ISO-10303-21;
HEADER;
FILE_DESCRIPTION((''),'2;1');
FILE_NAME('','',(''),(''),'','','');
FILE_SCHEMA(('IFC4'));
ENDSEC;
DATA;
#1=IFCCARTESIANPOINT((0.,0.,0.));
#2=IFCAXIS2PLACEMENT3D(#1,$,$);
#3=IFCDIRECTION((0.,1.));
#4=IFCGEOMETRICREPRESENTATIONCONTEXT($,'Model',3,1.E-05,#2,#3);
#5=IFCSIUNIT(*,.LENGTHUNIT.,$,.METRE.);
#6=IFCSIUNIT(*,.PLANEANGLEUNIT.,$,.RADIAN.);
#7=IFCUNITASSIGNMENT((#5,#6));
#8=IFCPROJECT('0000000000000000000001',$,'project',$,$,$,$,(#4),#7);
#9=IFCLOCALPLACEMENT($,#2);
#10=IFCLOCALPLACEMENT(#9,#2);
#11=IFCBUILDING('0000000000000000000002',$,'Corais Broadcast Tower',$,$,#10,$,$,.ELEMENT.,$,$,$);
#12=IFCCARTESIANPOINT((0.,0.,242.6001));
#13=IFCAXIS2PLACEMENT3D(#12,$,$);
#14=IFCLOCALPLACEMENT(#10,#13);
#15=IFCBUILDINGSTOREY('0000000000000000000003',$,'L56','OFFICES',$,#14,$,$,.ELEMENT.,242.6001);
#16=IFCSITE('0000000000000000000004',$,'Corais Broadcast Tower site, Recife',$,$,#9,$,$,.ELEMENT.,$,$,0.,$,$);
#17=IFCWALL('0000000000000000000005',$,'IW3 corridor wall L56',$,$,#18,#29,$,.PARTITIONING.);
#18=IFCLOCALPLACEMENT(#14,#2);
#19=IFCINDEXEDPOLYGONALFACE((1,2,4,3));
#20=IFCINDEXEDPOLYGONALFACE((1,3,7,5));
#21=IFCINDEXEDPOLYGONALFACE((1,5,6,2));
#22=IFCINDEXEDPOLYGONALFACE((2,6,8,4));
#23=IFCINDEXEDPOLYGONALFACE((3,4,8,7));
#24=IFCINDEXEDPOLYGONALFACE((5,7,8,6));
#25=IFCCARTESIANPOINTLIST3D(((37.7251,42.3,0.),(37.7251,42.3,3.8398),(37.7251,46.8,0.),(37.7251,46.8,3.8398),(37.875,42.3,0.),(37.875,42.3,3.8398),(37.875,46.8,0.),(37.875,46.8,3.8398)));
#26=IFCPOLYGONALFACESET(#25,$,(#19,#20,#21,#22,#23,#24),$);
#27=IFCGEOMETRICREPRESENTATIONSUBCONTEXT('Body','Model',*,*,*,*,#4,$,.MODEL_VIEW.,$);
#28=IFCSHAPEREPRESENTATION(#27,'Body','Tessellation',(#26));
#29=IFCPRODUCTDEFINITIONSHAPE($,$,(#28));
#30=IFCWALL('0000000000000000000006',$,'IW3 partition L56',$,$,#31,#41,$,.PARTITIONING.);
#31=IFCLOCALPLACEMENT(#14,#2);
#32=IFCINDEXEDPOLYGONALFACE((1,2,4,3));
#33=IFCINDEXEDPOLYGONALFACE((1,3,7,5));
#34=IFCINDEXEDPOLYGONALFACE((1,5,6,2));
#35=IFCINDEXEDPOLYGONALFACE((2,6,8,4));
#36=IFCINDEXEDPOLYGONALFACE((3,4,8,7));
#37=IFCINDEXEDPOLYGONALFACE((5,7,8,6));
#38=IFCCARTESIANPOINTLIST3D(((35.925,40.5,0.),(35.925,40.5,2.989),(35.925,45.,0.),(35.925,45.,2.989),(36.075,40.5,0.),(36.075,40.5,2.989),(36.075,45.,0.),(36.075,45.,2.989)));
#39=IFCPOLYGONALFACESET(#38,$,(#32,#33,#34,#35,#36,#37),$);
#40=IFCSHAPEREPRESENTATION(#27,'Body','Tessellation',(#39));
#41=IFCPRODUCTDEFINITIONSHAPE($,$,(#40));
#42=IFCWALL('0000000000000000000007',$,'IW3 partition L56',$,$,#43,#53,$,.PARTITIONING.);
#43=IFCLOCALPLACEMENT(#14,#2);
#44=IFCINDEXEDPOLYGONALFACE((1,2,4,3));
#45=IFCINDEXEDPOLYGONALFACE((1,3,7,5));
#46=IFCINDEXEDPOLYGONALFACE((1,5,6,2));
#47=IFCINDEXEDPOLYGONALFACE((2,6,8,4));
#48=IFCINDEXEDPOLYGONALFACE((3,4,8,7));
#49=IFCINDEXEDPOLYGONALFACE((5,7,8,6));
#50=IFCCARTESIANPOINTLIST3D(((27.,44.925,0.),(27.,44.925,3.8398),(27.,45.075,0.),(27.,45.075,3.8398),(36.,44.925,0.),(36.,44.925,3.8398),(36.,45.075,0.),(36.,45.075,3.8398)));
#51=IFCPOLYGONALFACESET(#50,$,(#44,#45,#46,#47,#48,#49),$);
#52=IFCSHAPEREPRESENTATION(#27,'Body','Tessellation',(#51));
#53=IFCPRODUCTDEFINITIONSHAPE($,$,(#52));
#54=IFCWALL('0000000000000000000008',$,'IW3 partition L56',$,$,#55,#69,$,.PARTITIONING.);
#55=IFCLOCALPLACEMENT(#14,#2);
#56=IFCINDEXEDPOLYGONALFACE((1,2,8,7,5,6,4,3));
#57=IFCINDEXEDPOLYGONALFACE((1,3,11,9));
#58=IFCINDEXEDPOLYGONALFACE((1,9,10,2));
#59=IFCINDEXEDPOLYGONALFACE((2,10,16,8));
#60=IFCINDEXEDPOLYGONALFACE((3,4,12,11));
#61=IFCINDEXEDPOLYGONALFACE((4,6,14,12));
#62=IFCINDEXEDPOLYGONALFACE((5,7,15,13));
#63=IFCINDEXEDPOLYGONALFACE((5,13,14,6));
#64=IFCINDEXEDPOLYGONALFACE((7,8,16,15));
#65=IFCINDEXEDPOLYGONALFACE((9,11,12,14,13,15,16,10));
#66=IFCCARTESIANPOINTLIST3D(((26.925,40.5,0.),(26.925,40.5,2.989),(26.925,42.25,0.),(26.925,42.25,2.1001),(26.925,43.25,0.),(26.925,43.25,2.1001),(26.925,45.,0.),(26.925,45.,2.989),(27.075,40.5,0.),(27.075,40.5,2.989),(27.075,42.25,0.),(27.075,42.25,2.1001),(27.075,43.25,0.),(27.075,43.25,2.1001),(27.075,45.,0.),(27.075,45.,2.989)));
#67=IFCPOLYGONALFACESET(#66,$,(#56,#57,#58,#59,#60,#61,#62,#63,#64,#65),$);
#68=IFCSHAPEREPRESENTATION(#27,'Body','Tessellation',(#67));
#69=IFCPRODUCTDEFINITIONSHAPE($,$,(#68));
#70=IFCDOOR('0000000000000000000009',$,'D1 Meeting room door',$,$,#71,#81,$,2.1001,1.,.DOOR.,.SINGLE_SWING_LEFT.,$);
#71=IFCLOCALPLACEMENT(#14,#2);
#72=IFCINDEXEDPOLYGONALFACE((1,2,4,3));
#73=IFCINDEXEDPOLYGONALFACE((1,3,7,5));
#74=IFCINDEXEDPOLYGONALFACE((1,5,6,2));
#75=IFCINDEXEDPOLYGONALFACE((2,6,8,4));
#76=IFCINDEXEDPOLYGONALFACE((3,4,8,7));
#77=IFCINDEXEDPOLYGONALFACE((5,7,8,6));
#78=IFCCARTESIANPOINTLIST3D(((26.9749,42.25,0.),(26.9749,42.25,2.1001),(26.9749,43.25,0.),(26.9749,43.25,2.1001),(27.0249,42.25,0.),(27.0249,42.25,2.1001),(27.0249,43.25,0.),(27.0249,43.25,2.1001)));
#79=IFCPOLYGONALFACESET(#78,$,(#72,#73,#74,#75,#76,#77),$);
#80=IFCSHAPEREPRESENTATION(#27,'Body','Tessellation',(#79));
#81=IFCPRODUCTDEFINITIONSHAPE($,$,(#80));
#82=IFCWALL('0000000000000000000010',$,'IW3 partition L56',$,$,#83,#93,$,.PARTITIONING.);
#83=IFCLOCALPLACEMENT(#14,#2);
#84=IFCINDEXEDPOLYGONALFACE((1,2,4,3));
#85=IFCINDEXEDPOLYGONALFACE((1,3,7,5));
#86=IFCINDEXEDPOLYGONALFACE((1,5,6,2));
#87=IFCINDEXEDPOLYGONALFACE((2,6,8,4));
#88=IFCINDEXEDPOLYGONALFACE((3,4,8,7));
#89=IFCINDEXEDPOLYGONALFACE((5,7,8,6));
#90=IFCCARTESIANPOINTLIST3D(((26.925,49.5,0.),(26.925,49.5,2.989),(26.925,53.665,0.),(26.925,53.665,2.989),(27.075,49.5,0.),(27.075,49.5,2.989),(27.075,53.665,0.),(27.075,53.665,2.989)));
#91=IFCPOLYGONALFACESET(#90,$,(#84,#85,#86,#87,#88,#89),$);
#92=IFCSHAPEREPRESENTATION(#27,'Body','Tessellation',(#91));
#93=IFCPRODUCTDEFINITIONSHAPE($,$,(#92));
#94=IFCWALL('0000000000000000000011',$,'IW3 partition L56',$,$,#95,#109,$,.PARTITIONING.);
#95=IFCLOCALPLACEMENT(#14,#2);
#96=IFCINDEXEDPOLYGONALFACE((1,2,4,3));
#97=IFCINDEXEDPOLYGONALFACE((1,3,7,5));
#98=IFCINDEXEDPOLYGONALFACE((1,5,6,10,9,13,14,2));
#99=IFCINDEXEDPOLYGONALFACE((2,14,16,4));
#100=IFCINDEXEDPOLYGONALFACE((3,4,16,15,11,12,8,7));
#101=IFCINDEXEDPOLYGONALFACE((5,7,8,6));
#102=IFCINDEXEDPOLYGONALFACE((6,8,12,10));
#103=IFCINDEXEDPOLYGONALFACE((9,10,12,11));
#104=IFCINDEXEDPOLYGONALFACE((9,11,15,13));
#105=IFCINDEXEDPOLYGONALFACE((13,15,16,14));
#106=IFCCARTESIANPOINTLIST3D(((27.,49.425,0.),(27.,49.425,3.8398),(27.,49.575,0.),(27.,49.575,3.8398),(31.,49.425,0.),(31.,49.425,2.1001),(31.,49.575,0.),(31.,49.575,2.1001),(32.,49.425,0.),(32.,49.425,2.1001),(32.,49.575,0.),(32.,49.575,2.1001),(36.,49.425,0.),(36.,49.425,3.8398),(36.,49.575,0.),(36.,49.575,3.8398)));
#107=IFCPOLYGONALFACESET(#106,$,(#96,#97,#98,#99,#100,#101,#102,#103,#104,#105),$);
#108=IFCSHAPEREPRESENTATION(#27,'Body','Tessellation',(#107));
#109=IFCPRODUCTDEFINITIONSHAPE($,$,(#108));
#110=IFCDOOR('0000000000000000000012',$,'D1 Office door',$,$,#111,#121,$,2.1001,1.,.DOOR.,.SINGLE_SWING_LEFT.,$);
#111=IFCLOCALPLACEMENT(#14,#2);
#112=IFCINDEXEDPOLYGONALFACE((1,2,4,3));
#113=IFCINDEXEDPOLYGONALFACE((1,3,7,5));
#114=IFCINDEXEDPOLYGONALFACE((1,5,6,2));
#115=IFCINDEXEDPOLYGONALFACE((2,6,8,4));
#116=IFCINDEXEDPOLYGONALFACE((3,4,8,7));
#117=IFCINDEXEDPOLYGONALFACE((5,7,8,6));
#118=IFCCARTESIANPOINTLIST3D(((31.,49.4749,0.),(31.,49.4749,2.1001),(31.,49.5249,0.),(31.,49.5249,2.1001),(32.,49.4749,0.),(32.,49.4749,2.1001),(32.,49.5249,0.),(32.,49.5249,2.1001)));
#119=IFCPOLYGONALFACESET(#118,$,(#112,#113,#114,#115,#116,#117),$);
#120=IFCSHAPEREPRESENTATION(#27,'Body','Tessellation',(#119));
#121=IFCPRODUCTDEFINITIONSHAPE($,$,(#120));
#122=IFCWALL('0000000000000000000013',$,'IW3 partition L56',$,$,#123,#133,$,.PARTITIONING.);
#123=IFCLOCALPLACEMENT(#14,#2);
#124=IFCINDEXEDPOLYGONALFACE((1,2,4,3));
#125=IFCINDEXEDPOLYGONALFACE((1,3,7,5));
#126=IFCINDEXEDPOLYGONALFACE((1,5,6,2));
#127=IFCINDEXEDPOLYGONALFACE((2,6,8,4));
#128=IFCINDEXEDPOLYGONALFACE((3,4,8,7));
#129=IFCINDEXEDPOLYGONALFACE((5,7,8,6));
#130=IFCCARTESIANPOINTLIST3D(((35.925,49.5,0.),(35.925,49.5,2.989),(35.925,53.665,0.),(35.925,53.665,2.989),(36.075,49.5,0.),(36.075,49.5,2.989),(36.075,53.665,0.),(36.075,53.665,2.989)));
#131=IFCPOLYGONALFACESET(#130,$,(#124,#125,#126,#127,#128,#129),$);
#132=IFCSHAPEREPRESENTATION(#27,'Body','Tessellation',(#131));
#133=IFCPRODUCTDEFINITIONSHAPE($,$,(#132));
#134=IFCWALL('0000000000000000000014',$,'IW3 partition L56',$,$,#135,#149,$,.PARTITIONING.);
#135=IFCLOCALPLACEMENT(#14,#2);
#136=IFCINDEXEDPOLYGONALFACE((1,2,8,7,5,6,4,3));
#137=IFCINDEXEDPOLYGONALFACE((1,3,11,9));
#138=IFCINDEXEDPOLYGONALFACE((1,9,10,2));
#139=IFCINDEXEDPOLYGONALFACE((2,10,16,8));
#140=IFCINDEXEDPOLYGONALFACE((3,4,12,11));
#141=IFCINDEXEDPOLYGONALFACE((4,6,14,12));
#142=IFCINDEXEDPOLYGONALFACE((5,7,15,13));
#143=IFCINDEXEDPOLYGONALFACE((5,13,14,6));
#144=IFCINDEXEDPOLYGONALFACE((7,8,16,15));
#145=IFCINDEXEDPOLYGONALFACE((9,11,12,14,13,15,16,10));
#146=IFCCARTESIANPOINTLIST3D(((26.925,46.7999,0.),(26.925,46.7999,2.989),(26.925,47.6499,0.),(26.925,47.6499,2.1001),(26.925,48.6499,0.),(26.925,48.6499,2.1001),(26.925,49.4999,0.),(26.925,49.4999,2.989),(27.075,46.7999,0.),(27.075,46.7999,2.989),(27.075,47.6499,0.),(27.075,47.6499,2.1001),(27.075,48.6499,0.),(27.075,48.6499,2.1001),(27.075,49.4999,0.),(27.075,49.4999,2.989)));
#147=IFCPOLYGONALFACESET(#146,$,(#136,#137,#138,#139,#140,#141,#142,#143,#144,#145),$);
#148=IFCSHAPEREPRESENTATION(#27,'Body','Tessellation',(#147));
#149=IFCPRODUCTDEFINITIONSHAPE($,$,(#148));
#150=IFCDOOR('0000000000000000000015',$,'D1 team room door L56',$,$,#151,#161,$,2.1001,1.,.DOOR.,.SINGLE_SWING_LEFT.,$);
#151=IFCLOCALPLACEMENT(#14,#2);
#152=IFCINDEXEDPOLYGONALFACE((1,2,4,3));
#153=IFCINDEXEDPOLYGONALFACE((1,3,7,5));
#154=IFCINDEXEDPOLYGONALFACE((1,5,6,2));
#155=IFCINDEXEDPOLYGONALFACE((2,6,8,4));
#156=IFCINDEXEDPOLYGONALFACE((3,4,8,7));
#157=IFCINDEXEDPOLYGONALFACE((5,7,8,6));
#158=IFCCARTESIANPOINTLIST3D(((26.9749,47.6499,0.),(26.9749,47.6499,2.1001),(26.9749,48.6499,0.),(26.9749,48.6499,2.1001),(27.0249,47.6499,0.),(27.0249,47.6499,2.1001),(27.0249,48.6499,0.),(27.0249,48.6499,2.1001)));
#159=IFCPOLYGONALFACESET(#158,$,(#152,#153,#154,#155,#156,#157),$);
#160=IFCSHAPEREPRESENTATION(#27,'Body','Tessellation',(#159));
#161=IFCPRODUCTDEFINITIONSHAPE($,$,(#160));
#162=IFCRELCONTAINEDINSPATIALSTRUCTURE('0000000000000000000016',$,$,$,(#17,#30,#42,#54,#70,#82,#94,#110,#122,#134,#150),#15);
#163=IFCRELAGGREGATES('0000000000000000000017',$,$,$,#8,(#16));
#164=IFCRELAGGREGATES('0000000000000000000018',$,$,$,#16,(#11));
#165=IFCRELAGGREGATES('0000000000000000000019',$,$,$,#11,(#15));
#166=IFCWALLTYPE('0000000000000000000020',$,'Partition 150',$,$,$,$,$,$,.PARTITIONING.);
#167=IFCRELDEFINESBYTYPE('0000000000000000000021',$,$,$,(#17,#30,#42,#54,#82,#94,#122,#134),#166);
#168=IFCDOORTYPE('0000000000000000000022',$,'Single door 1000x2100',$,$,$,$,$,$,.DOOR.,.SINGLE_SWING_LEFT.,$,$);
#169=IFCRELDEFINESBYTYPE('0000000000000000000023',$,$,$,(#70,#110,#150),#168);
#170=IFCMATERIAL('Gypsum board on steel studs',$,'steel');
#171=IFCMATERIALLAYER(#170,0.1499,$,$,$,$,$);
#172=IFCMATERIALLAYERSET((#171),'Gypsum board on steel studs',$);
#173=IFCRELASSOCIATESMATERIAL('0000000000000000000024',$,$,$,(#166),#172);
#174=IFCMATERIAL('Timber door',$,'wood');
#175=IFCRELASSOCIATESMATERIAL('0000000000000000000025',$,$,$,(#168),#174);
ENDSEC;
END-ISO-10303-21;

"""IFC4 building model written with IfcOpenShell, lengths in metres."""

from ifc_helpers import new_model, si_unit, direction, frame, frame_2d, origin, place, context, subcontext, project, spatial, rectangle, extrude, material, layer, layer_set, type_object, element, fill, save


model = new_model("IFC4")

# Units and contexts
model_context = context("Model", 3, precision=1e-05, world=origin(), true_north=direction((0.0, 1.0)))
body_context = subcontext(model_context, "Body", "Model", "MODEL_VIEW")
ifc_project = project(units=[si_unit("LENGTHUNIT", "METRE"), si_unit("PLANEANGLEUNIT", "RADIAN")], contexts=[model_context])

# Site, building, storey
site_placement = place(None, origin())
site = spatial("IfcSite", under=ifc_project, at=site_placement, Name="Corais Broadcast Tower site, Recife", CompositionType="ELEMENT", RefElevation=0.0)
building_placement = place(site_placement, origin())
building = spatial("IfcBuilding", under=site, at=building_placement, Name="Corais Broadcast Tower", CompositionType="ELEMENT")
storey_placement = place(building_placement, frame((0.0, 0.0, 242.6001)))
storey = spatial("IfcBuildingStorey", under=building, at=storey_placement, Name="L56", Description="OFFICES", CompositionType="ELEMENT", Elevation=242.6001)

# Shared definitions
ifc_material_1 = material(Name="Gypsum board on steel studs", Category="steel")
ifc_layer_1 = layer(ifc_material_1, 0.1499)
ifc_layer_set_1 = layer_set([ifc_layer_1], Name="Gypsum board on steel studs")
wall_type_1 = type_object("IfcWallType", Name="Partition 150", PredefinedType="PARTITIONING", material=ifc_layer_set_1)
ifc_material_2 = material(Name="Timber door", Category="wood")
door_type = type_object("IfcDoorType", Name="Single door 1000x2100", OperationType="SINGLE_SWING_LEFT", PredefinedType="DOOR", material=ifc_material_2)

# Walls
for number, where, z_axis, x_axis, name in (
    (1, (37.8, 42.3, 0.0), (0.0, 0.0, 1.0), (0.0, 1.0, 0.0), "IW3 corridor wall L56"),
):
    element("IfcWall", number, at=place(storey_placement, frame(where, z_axis=z_axis, x_axis=x_axis)), inside=storey, type_object=wall_type_1, Name=name, PredefinedType="PARTITIONING", context=body_context, shape_type="SweptSolid", body=[
        extrude(rectangle(XDim=4.5, YDim=0.1499, at=frame_2d((2.25, 0.0))), origin(), (0.0, 0.0, 1.0), 3.8398),
    ])
wall_1_placement = place(storey_placement, frame((36.0, 40.5, 0.0), z_axis=(0.0, 0.0, 1.0), x_axis=(0.0, 1.0, 0.0)))
element("IfcWall", 2, at=wall_1_placement, inside=storey, type_object=wall_type_1, Name="IW3 partition L56", PredefinedType="PARTITIONING", context=body_context, shape_type="SweptSolid", body=[
    extrude(rectangle(XDim=4.5, YDim=0.1499, at=frame_2d((2.25, 0.0))), origin(), (0.0, 0.0, 1.0), 2.989),
])
wall_2_placement = place(storey_placement, frame((36.0, 45.0, 0.0), z_axis=(0.0, 0.0, 1.0), x_axis=(-1.0, 0.0, 0.0)))
element("IfcWall", 3, at=wall_2_placement, inside=storey, type_object=wall_type_1, Name="IW3 partition L56", PredefinedType="PARTITIONING", context=body_context, shape_type="SweptSolid", body=[
    extrude(rectangle(XDim=9.0, YDim=0.1499, at=frame_2d((4.5, 0.0))), origin(), (0.0, 0.0, 1.0), 3.8398),
])

# Wall, opening, door
wall_3_placement = place(storey_placement, frame((27.0, 45.0, 0.0), z_axis=(0.0, 0.0, 1.0), x_axis=(0.0, -1.0, 0.0)))
wall_3 = element("IfcWall", 4, at=wall_3_placement, inside=storey, type_object=wall_type_1, Name="IW3 partition L56", PredefinedType="PARTITIONING", context=body_context, shape_type="SweptSolid", body=[
    extrude(rectangle(XDim=4.5, YDim=0.1499, at=frame_2d((2.25, 0.0))), origin(), (0.0, 0.0, 1.0), 2.989),
])
opening_1_placement = place(wall_3_placement, frame((1.75, 0.0, 0.0)))
opening_1 = element("IfcOpeningElement", 5, at=opening_1_placement, cuts=wall_3, PredefinedType="OPENING", context=body_context, shape_type="SweptSolid", body=[
    extrude(rectangle(XDim=1.0, YDim=2.1001, at=frame_2d((0.5, 1.05))), frame((0.0, 0.085, 0.0), z_axis=(0.0, -1.0, 0.0), x_axis=(1.0, 0.0, 0.0)), (0.0, 0.0, 1.0), 0.1699),
])
door_1_placement = place(opening_1_placement, origin())
door_1 = element("IfcDoor", 6, at=door_1_placement, inside=storey, type_object=door_type, Name="D1 Meeting room door", OperationType="SINGLE_SWING_LEFT", OverallHeight=2.1001, OverallWidth=1.0, PredefinedType="DOOR", context=body_context, shape_type="SweptSolid", body=[
    extrude(rectangle(XDim=1.0, YDim=2.1001, at=frame_2d((0.5, 1.05))), frame((0.0, 0.0249, 0.0), z_axis=(0.0, -1.0, 0.0), x_axis=(1.0, 0.0, 0.0)), (0.0, 0.0, 1.0), 0.05),
])
fill(opening_1, door_1)

# Wall
wall_4_placement = place(storey_placement, frame((27.0, 49.5, 0.0), z_axis=(0.0, 0.0, 1.0), x_axis=(0.0, 1.0, 0.0)))
element("IfcWall", 7, at=wall_4_placement, inside=storey, type_object=wall_type_1, Name="IW3 partition L56", PredefinedType="PARTITIONING", context=body_context, shape_type="SweptSolid", body=[
    extrude(rectangle(XDim=4.165, YDim=0.1499, at=frame_2d((2.0825, 0.0))), origin(), (0.0, 0.0, 1.0), 2.989),
])

# Wall, opening, door
wall_5_placement = place(storey_placement, frame((27.0, 49.5, 0.0), z_axis=(0.0, 0.0, 1.0), x_axis=(1.0, 0.0, 0.0)))
wall_5 = element("IfcWall", 8, at=wall_5_placement, inside=storey, type_object=wall_type_1, Name="IW3 partition L56", PredefinedType="PARTITIONING", context=body_context, shape_type="SweptSolid", body=[
    extrude(rectangle(XDim=9.0, YDim=0.1499, at=frame_2d((4.5, 0.0))), origin(), (0.0, 0.0, 1.0), 3.8398),
])
opening_2_placement = place(wall_5_placement, frame((4.0, 0.0, 0.0)))
opening_2 = element("IfcOpeningElement", 9, at=opening_2_placement, cuts=wall_5, PredefinedType="OPENING", context=body_context, shape_type="SweptSolid", body=[
    extrude(rectangle(XDim=1.0, YDim=2.1001, at=frame_2d((0.5, 1.05))), frame((0.0, 0.085, 0.0), z_axis=(0.0, -1.0, 0.0), x_axis=(1.0, 0.0, 0.0)), (0.0, 0.0, 1.0), 0.1699),
])
door_2_placement = place(opening_2_placement, origin())
door_2 = element("IfcDoor", 10, at=door_2_placement, inside=storey, type_object=door_type, Name="D1 Office door", OperationType="SINGLE_SWING_LEFT", OverallHeight=2.1001, OverallWidth=1.0, PredefinedType="DOOR", context=body_context, shape_type="SweptSolid", body=[
    extrude(rectangle(XDim=1.0, YDim=2.1001, at=frame_2d((0.5, 1.05))), frame((0.0, 0.0249, 0.0), z_axis=(0.0, -1.0, 0.0), x_axis=(1.0, 0.0, 0.0)), (0.0, 0.0, 1.0), 0.05),
])
fill(opening_2, door_2)

# Wall
wall_6_placement = place(storey_placement, frame((36.0, 49.5, 0.0), z_axis=(0.0, 0.0, 1.0), x_axis=(0.0, 1.0, 0.0)))
element("IfcWall", 11, at=wall_6_placement, inside=storey, type_object=wall_type_1, Name="IW3 partition L56", PredefinedType="PARTITIONING", context=body_context, shape_type="SweptSolid", body=[
    extrude(rectangle(XDim=4.165, YDim=0.1499, at=frame_2d((2.0825, 0.0))), origin(), (0.0, 0.0, 1.0), 2.989),
])

# Wall, opening, door
wall_7_placement = place(storey_placement, frame((27.0, 49.5, 0.0), z_axis=(0.0, 0.0, 1.0), x_axis=(0.0, -1.0, 0.0)))
wall_7 = element("IfcWall", 12, at=wall_7_placement, inside=storey, type_object=wall_type_1, Name="IW3 partition L56", PredefinedType="PARTITIONING", context=body_context, shape_type="SweptSolid", body=[
    extrude(rectangle(XDim=2.7, YDim=0.1499, at=frame_2d((1.3501, 0.0))), origin(), (0.0, 0.0, 1.0), 2.989),
])
opening_3_placement = place(wall_7_placement, frame((0.8501, 0.0, 0.0)))
opening_3 = element("IfcOpeningElement", 13, at=opening_3_placement, cuts=wall_7, PredefinedType="OPENING", context=body_context, shape_type="SweptSolid", body=[
    extrude(rectangle(XDim=1.0, YDim=2.1001, at=frame_2d((0.5, 1.05))), frame((0.0, 0.085, 0.0), z_axis=(0.0, -1.0, 0.0), x_axis=(1.0, 0.0, 0.0)), (0.0, 0.0, 1.0), 0.1699),
])
door_3_placement = place(opening_3_placement, origin())
door_3 = element("IfcDoor", 14, at=door_3_placement, inside=storey, type_object=door_type, Name="D1 team room door L56", OperationType="SINGLE_SWING_LEFT", OverallHeight=2.1001, OverallWidth=1.0, PredefinedType="DOOR", context=body_context, shape_type="SweptSolid", body=[
    extrude(rectangle(XDim=1.0, YDim=2.1001, at=frame_2d((0.5, 1.05))), frame((0.0, 0.0249, 0.0), z_axis=(0.0, -1.0, 0.0), x_axis=(1.0, 0.0, 0.0)), (0.0, 0.0, 1.0), 0.05),
])
fill(opening_3, door_3)

save(model, "model.ifc")
